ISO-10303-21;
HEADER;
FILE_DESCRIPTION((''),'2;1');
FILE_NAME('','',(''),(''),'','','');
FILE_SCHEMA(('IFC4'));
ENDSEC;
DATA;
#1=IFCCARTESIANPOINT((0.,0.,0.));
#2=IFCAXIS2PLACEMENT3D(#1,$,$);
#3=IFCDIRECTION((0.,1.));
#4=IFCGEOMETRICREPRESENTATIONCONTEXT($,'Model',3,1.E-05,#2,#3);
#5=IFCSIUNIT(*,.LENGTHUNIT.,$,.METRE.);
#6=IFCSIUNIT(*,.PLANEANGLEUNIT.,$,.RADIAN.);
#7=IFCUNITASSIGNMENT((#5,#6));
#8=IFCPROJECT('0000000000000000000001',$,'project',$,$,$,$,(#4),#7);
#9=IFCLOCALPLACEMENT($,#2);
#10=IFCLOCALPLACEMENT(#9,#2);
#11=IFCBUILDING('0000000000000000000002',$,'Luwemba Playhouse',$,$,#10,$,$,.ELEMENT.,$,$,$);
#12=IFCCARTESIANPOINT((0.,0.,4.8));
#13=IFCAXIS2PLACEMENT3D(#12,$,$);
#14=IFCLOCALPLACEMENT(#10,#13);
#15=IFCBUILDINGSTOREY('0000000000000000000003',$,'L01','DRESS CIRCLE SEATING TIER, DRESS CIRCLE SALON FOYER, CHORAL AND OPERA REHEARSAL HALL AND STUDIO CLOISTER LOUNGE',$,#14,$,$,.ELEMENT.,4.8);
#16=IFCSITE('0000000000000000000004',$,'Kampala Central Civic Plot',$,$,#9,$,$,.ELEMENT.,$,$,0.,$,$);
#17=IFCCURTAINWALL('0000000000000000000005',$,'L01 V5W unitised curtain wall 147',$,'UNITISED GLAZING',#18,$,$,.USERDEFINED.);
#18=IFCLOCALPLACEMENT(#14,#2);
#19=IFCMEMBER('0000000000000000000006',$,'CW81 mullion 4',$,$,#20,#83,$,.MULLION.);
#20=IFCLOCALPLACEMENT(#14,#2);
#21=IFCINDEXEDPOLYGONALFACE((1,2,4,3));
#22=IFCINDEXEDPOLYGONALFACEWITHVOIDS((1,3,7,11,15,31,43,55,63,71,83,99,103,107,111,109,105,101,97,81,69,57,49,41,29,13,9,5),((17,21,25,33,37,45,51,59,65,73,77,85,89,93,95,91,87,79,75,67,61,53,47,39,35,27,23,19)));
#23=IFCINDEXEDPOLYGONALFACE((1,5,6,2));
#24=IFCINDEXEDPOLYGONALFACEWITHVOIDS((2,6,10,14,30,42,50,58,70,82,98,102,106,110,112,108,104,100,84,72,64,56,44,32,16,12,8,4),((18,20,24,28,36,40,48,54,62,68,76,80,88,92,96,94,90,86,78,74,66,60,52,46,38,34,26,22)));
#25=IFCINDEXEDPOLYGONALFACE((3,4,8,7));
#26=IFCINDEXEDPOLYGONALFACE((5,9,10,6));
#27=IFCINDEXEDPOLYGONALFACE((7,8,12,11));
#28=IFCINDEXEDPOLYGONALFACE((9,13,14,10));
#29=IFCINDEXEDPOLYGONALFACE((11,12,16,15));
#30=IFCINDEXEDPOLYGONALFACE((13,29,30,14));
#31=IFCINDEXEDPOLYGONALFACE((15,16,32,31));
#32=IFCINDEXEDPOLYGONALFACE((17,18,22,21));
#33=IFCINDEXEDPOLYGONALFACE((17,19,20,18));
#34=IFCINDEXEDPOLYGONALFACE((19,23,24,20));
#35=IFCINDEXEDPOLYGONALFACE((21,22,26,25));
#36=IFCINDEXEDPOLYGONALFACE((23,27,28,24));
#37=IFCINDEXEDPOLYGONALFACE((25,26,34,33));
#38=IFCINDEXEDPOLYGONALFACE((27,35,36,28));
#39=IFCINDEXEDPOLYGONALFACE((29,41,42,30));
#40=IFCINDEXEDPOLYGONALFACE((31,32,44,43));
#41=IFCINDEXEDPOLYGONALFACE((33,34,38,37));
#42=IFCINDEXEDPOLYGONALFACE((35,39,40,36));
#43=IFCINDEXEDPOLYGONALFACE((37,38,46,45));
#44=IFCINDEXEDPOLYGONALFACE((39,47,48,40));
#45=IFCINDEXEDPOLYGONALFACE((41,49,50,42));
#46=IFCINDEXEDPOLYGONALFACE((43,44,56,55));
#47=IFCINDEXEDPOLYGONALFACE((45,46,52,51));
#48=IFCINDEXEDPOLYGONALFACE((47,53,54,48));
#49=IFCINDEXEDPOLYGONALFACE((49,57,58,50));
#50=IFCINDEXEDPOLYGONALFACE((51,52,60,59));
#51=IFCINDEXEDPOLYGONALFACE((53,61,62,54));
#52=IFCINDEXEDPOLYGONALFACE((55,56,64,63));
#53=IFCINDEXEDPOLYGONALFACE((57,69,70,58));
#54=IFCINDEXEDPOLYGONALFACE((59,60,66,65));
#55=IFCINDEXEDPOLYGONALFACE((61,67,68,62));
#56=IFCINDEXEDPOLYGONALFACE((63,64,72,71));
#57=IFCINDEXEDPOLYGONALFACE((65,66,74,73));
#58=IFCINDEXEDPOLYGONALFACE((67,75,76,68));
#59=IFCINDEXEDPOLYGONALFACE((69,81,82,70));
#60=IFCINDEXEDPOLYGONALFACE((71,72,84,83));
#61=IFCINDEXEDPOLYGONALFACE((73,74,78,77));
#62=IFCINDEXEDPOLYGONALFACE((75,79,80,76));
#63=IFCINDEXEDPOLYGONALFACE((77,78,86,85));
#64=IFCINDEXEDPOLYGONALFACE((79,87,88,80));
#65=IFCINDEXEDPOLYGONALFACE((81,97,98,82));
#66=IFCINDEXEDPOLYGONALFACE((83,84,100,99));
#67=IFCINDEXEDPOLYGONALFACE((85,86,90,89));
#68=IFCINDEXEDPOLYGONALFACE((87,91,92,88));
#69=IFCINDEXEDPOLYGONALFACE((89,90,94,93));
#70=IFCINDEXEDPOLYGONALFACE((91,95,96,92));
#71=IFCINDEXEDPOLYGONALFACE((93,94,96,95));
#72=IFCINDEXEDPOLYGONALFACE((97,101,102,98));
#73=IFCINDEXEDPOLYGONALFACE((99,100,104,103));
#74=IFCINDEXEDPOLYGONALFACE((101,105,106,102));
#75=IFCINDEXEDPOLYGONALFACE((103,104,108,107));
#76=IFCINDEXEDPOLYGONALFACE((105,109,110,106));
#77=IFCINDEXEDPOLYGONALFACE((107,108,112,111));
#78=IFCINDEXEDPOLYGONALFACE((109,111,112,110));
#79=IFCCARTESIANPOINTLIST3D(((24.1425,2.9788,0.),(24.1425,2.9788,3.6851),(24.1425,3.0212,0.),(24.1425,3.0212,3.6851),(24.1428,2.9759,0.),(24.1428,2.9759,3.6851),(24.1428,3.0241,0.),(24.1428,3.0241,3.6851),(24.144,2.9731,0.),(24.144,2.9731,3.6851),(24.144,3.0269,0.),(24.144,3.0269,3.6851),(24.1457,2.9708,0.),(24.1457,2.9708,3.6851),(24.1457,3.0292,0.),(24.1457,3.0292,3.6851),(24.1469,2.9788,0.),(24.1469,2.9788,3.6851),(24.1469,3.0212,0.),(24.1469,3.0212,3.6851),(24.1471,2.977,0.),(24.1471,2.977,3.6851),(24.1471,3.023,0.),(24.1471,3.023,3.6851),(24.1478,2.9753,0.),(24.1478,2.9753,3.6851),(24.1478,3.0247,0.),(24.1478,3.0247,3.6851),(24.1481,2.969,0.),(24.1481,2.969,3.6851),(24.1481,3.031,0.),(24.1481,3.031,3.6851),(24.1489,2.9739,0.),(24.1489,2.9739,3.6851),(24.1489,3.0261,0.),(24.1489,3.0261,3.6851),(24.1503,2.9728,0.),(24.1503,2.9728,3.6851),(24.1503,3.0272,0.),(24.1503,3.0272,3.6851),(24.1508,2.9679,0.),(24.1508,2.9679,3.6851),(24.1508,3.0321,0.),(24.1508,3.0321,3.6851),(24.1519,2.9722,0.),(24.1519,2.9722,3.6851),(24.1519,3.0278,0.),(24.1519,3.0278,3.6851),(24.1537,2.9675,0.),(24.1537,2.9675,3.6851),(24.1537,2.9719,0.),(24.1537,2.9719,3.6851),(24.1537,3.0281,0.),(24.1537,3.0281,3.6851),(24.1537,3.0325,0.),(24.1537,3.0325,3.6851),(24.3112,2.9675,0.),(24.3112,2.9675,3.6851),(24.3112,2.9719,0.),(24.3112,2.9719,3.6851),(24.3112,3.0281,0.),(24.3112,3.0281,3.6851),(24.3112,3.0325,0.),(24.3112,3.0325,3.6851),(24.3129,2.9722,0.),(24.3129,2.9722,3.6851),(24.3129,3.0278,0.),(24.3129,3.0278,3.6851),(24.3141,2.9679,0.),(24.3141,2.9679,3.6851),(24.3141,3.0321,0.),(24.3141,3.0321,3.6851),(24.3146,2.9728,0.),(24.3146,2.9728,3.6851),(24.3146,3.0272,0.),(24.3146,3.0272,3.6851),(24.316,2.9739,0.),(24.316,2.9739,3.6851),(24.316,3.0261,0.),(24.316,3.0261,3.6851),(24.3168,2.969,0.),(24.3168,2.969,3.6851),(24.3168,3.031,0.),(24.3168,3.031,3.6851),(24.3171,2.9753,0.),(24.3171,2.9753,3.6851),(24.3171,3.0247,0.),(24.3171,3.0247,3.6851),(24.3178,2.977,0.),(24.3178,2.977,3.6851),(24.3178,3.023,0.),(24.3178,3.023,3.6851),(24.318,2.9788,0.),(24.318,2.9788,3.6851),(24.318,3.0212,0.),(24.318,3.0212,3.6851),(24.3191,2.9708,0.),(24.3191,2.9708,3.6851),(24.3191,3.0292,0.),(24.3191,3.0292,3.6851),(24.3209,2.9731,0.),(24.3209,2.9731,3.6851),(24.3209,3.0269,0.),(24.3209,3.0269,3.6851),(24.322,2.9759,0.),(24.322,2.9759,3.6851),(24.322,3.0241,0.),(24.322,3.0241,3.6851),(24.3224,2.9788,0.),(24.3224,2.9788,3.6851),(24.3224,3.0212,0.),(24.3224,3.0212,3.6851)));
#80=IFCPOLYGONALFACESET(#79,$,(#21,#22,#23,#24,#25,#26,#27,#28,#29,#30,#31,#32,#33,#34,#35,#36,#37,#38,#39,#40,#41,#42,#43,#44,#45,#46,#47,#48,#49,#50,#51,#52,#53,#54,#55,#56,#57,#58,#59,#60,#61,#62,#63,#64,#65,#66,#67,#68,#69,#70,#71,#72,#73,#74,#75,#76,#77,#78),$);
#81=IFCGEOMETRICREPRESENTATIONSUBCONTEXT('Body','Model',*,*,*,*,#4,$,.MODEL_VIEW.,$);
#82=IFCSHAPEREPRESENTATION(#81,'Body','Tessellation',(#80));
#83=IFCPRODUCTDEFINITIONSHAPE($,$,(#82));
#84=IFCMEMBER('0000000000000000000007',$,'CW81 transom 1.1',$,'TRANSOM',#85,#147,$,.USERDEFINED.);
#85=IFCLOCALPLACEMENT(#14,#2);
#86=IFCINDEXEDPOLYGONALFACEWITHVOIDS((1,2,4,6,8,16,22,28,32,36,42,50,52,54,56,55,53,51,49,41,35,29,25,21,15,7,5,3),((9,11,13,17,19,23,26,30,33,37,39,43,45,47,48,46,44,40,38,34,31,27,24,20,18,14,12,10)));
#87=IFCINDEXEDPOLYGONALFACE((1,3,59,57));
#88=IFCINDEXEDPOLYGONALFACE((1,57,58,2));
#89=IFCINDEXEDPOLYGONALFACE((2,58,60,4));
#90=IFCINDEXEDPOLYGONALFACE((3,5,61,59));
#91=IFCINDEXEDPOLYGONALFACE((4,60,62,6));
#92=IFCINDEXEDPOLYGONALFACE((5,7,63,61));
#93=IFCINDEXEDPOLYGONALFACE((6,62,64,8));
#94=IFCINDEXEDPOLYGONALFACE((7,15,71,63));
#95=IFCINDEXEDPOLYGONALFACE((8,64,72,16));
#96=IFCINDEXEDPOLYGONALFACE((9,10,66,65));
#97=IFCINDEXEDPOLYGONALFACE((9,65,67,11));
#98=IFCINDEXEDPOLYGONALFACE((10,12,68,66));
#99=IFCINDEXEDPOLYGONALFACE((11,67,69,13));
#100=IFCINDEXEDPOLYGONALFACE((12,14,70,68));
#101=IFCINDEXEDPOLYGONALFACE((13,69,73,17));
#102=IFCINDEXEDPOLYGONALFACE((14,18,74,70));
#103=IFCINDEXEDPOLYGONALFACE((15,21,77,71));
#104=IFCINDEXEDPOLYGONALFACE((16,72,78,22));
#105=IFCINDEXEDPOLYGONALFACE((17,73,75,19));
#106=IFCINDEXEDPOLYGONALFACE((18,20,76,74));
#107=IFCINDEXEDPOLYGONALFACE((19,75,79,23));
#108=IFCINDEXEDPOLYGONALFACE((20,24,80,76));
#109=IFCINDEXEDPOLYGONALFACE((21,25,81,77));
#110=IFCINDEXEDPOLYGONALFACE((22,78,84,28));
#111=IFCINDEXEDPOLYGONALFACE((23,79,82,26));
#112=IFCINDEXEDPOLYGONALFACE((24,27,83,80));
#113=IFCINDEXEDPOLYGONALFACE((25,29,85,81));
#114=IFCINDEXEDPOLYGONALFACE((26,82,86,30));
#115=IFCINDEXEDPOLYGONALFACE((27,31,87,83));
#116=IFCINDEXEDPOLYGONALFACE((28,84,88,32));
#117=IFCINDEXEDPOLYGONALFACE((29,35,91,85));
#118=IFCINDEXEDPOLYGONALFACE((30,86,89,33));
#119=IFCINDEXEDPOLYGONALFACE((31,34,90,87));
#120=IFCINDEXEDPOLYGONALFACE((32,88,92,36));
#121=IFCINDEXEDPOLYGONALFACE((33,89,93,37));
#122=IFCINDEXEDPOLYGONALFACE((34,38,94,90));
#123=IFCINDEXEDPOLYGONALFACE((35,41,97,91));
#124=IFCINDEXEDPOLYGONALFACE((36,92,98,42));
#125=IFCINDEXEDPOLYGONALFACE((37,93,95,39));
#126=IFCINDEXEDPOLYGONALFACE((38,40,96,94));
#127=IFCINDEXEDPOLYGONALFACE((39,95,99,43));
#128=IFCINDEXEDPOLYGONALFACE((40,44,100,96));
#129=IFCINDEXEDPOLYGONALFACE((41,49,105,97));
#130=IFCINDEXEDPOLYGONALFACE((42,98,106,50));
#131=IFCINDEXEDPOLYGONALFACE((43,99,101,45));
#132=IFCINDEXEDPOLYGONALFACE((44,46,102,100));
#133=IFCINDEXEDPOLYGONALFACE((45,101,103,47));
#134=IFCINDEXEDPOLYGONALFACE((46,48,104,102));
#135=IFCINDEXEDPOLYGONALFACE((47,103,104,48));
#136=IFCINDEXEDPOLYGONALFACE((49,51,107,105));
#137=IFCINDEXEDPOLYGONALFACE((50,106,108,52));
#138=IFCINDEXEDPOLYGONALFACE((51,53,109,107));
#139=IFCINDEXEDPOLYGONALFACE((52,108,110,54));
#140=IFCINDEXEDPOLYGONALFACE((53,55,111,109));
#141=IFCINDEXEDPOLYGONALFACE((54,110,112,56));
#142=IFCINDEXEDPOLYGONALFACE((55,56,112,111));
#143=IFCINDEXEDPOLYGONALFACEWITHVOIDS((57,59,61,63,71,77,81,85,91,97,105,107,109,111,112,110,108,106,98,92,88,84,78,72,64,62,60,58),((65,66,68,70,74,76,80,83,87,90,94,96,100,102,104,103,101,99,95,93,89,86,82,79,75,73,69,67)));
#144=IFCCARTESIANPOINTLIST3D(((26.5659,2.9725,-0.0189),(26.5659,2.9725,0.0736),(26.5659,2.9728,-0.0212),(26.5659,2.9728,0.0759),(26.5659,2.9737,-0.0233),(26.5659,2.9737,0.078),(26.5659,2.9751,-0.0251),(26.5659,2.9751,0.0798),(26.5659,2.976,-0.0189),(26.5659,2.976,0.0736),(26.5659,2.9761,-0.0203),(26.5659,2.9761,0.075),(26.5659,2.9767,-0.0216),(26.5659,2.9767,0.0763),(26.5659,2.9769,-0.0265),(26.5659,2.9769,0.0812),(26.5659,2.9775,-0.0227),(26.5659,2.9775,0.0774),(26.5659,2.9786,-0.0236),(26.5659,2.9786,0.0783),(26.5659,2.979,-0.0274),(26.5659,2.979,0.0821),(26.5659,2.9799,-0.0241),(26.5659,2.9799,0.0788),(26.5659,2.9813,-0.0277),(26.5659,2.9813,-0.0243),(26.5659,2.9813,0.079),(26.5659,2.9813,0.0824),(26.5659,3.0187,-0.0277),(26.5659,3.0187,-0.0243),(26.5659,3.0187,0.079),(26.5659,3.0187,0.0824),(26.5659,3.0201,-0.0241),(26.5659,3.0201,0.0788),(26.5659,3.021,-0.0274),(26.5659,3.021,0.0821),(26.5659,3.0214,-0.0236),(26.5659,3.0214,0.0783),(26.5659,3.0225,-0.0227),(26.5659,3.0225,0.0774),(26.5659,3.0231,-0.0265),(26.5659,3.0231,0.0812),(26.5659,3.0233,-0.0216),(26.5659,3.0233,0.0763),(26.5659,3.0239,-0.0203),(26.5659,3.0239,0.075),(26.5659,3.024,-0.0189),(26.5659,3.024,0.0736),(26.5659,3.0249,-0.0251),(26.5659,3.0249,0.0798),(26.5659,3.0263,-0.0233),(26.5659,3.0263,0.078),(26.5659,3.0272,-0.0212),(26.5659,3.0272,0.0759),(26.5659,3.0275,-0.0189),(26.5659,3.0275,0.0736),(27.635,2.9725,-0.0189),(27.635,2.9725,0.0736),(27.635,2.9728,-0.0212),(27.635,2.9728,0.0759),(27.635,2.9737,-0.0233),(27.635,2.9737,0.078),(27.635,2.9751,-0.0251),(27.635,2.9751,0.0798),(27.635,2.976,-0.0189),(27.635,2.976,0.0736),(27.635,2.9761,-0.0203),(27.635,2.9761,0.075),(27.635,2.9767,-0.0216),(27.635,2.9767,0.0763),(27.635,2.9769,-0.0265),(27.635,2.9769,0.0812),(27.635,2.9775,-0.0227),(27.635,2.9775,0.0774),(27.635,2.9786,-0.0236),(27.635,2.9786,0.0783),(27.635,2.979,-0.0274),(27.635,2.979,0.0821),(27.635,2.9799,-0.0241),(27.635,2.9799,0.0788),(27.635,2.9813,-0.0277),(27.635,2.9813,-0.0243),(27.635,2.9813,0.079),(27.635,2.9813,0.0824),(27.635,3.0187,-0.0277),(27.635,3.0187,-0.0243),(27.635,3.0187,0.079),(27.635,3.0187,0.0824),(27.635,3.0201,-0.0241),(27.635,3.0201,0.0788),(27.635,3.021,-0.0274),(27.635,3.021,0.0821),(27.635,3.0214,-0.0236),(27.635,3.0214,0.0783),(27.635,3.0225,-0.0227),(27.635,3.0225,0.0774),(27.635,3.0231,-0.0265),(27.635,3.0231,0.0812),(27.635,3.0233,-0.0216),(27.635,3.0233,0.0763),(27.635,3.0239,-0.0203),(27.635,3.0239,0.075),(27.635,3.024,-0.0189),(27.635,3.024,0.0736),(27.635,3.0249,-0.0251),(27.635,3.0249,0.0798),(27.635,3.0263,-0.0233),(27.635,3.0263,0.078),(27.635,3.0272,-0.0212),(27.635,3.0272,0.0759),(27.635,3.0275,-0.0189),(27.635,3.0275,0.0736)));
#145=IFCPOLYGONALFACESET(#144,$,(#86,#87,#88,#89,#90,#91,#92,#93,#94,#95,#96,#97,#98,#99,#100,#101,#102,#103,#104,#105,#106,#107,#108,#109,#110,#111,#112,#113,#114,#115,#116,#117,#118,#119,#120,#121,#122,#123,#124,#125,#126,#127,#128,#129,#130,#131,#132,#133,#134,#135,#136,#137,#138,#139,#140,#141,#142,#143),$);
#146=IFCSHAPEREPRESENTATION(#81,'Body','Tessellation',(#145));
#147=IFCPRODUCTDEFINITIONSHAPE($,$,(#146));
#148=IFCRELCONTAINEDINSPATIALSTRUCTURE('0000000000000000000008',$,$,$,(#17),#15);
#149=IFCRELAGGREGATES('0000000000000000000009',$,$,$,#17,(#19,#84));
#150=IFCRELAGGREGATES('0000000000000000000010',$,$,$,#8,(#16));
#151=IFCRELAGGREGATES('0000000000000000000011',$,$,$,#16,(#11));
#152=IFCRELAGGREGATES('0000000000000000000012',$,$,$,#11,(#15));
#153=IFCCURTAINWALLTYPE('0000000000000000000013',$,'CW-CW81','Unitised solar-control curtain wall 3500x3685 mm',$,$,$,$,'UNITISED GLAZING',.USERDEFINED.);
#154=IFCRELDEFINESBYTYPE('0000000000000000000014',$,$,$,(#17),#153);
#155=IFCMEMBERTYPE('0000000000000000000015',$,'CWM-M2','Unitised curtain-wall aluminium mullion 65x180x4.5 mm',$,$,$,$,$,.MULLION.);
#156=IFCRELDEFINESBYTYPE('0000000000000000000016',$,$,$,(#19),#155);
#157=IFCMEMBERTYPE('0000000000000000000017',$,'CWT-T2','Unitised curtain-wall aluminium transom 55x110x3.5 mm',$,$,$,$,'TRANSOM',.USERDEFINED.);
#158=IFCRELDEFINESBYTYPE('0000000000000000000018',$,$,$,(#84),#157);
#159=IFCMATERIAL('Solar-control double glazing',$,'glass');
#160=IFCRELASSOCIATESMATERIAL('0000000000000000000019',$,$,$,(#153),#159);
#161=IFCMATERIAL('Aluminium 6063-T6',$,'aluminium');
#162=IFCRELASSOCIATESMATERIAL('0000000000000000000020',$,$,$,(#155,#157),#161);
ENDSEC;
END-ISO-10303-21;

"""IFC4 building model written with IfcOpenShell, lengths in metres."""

from ifc_helpers import new_model, si_unit, direction, frame, origin, origin_2d, place, context, subcontext, project, spatial, hollow_rectangle, extrude, material, material_profile, profile_set, type_object, element, aggregate, save


model = new_model("IFC4")

# Units and contexts
model_context = context("Model", 3, precision=1e-05, world=origin(), true_north=direction((0.0, 1.0)))
body_context = subcontext(model_context, "Body", "Model", "MODEL_VIEW")
ifc_project = project(units=[si_unit("LENGTHUNIT", "METRE"), si_unit("PLANEANGLEUNIT", "RADIAN")], contexts=[model_context])

# Site, building, storey
site_placement = place(None, origin())
site = spatial("IfcSite", under=ifc_project, at=site_placement, Name="Kampala Central Civic Plot", CompositionType="ELEMENT", RefElevation=0.0)
building_placement = place(site_placement, origin())
building = spatial("IfcBuilding", under=site, at=building_placement, Name="Luwemba Playhouse", CompositionType="ELEMENT")
storey_placement = place(building_placement, frame((0.0, 0.0, 4.8)))
storey = spatial("IfcBuildingStorey", under=building, at=storey_placement, Name="L01", Description="DRESS CIRCLE SEATING TIER, DRESS CIRCLE SALON FOYER, CHORAL AND OPERA REHEARSAL HALL AND STUDIO CLOISTER LOUNGE", CompositionType="ELEMENT", Elevation=4.8)

# Shared definitions
ifc_material_1 = material(Name="Solar-control double glazing", Category="glass")
ifc_material_2 = material(Name="Aluminium 6063-T6", Category="aluminium")

# Curtain wall, members
curtain_wall_type_1 = type_object("IfcCurtainWallType", Name="CW-CW81", Description="Unitised solar-control curtain wall 3500x3685 mm", ElementType="UNITISED GLAZING", PredefinedType="USERDEFINED", material=ifc_material_1)
curtain_wall_1_placement = place(storey_placement, origin())
curtain_wall_1 = element("IfcCurtainWall", 1, at=curtain_wall_1_placement, inside=storey, type_object=curtain_wall_type_1, Name="L01 V5W unitised curtain wall 147", ObjectType="UNITISED GLAZING", PredefinedType="USERDEFINED")
ifc_material_profile_1 = material_profile(ifc_material_2, hollow_rectangle(XDim=0.0649, YDim=0.1799, WallThickness=0.0044, InnerFilletRadius=0.0068, OuterFilletRadius=0.0112, at=origin_2d()))
ifc_profile_set_1 = profile_set([ifc_material_profile_1], Name="Aluminium 6063-T6")
member_type_1 = type_object("IfcMemberType", Name="CWM-M2", Description="Unitised curtain-wall aluminium mullion 65x180x4.5 mm", PredefinedType="MULLION", material=ifc_profile_set_1)
member_1_placement = place(storey_placement, frame((24.2324, 3.0, 0.0), z_axis=(0.0, 0.0, 1.0), x_axis=(0.0, -1.0, 0.0)))
member_1 = element("IfcMember", 2, at=member_1_placement, type_object=member_type_1, Name="CW81 mullion 4", PredefinedType="MULLION", context=body_context, shape_type="SweptSolid", body=[
    extrude(hollow_rectangle(XDim=0.0649, YDim=0.1799, WallThickness=0.0044, InnerFilletRadius=0.0068, OuterFilletRadius=0.0112, at=origin_2d()), origin(), (0.0, 0.0, 1.0), 3.6851),
])
ifc_material_profile_2 = material_profile(ifc_material_2, hollow_rectangle(XDim=0.0549, YDim=0.1101, WallThickness=0.0034, InnerFilletRadius=0.0054, OuterFilletRadius=0.0088, at=origin_2d()))
ifc_profile_set_2 = profile_set([ifc_material_profile_2], Name="Aluminium 6063-T6")
member_type_2 = type_object("IfcMemberType", Name="CWT-T2", Description="Unitised curtain-wall aluminium transom 55x110x3.5 mm", ElementType="TRANSOM", PredefinedType="USERDEFINED", material=ifc_profile_set_2)
member_2_placement = place(storey_placement, frame((27.635, 3.0, 0.0273), z_axis=(-1.0, 0.0, 0.0), x_axis=(0.0, -1.0, 0.0)))
member_2 = element("IfcMember", 3, at=member_2_placement, type_object=member_type_2, Name="CW81 transom 1.1", ObjectType="TRANSOM", PredefinedType="USERDEFINED", context=body_context, shape_type="SweptSolid", body=[
    extrude(hollow_rectangle(XDim=0.0549, YDim=0.1101, WallThickness=0.0034, InnerFilletRadius=0.0054, OuterFilletRadius=0.0088, at=origin_2d()), origin(), (0.0, 0.0, 1.0), 1.0691),
])
aggregate(curtain_wall_1, [member_1, member_2])

save(model, "model.ifc")
